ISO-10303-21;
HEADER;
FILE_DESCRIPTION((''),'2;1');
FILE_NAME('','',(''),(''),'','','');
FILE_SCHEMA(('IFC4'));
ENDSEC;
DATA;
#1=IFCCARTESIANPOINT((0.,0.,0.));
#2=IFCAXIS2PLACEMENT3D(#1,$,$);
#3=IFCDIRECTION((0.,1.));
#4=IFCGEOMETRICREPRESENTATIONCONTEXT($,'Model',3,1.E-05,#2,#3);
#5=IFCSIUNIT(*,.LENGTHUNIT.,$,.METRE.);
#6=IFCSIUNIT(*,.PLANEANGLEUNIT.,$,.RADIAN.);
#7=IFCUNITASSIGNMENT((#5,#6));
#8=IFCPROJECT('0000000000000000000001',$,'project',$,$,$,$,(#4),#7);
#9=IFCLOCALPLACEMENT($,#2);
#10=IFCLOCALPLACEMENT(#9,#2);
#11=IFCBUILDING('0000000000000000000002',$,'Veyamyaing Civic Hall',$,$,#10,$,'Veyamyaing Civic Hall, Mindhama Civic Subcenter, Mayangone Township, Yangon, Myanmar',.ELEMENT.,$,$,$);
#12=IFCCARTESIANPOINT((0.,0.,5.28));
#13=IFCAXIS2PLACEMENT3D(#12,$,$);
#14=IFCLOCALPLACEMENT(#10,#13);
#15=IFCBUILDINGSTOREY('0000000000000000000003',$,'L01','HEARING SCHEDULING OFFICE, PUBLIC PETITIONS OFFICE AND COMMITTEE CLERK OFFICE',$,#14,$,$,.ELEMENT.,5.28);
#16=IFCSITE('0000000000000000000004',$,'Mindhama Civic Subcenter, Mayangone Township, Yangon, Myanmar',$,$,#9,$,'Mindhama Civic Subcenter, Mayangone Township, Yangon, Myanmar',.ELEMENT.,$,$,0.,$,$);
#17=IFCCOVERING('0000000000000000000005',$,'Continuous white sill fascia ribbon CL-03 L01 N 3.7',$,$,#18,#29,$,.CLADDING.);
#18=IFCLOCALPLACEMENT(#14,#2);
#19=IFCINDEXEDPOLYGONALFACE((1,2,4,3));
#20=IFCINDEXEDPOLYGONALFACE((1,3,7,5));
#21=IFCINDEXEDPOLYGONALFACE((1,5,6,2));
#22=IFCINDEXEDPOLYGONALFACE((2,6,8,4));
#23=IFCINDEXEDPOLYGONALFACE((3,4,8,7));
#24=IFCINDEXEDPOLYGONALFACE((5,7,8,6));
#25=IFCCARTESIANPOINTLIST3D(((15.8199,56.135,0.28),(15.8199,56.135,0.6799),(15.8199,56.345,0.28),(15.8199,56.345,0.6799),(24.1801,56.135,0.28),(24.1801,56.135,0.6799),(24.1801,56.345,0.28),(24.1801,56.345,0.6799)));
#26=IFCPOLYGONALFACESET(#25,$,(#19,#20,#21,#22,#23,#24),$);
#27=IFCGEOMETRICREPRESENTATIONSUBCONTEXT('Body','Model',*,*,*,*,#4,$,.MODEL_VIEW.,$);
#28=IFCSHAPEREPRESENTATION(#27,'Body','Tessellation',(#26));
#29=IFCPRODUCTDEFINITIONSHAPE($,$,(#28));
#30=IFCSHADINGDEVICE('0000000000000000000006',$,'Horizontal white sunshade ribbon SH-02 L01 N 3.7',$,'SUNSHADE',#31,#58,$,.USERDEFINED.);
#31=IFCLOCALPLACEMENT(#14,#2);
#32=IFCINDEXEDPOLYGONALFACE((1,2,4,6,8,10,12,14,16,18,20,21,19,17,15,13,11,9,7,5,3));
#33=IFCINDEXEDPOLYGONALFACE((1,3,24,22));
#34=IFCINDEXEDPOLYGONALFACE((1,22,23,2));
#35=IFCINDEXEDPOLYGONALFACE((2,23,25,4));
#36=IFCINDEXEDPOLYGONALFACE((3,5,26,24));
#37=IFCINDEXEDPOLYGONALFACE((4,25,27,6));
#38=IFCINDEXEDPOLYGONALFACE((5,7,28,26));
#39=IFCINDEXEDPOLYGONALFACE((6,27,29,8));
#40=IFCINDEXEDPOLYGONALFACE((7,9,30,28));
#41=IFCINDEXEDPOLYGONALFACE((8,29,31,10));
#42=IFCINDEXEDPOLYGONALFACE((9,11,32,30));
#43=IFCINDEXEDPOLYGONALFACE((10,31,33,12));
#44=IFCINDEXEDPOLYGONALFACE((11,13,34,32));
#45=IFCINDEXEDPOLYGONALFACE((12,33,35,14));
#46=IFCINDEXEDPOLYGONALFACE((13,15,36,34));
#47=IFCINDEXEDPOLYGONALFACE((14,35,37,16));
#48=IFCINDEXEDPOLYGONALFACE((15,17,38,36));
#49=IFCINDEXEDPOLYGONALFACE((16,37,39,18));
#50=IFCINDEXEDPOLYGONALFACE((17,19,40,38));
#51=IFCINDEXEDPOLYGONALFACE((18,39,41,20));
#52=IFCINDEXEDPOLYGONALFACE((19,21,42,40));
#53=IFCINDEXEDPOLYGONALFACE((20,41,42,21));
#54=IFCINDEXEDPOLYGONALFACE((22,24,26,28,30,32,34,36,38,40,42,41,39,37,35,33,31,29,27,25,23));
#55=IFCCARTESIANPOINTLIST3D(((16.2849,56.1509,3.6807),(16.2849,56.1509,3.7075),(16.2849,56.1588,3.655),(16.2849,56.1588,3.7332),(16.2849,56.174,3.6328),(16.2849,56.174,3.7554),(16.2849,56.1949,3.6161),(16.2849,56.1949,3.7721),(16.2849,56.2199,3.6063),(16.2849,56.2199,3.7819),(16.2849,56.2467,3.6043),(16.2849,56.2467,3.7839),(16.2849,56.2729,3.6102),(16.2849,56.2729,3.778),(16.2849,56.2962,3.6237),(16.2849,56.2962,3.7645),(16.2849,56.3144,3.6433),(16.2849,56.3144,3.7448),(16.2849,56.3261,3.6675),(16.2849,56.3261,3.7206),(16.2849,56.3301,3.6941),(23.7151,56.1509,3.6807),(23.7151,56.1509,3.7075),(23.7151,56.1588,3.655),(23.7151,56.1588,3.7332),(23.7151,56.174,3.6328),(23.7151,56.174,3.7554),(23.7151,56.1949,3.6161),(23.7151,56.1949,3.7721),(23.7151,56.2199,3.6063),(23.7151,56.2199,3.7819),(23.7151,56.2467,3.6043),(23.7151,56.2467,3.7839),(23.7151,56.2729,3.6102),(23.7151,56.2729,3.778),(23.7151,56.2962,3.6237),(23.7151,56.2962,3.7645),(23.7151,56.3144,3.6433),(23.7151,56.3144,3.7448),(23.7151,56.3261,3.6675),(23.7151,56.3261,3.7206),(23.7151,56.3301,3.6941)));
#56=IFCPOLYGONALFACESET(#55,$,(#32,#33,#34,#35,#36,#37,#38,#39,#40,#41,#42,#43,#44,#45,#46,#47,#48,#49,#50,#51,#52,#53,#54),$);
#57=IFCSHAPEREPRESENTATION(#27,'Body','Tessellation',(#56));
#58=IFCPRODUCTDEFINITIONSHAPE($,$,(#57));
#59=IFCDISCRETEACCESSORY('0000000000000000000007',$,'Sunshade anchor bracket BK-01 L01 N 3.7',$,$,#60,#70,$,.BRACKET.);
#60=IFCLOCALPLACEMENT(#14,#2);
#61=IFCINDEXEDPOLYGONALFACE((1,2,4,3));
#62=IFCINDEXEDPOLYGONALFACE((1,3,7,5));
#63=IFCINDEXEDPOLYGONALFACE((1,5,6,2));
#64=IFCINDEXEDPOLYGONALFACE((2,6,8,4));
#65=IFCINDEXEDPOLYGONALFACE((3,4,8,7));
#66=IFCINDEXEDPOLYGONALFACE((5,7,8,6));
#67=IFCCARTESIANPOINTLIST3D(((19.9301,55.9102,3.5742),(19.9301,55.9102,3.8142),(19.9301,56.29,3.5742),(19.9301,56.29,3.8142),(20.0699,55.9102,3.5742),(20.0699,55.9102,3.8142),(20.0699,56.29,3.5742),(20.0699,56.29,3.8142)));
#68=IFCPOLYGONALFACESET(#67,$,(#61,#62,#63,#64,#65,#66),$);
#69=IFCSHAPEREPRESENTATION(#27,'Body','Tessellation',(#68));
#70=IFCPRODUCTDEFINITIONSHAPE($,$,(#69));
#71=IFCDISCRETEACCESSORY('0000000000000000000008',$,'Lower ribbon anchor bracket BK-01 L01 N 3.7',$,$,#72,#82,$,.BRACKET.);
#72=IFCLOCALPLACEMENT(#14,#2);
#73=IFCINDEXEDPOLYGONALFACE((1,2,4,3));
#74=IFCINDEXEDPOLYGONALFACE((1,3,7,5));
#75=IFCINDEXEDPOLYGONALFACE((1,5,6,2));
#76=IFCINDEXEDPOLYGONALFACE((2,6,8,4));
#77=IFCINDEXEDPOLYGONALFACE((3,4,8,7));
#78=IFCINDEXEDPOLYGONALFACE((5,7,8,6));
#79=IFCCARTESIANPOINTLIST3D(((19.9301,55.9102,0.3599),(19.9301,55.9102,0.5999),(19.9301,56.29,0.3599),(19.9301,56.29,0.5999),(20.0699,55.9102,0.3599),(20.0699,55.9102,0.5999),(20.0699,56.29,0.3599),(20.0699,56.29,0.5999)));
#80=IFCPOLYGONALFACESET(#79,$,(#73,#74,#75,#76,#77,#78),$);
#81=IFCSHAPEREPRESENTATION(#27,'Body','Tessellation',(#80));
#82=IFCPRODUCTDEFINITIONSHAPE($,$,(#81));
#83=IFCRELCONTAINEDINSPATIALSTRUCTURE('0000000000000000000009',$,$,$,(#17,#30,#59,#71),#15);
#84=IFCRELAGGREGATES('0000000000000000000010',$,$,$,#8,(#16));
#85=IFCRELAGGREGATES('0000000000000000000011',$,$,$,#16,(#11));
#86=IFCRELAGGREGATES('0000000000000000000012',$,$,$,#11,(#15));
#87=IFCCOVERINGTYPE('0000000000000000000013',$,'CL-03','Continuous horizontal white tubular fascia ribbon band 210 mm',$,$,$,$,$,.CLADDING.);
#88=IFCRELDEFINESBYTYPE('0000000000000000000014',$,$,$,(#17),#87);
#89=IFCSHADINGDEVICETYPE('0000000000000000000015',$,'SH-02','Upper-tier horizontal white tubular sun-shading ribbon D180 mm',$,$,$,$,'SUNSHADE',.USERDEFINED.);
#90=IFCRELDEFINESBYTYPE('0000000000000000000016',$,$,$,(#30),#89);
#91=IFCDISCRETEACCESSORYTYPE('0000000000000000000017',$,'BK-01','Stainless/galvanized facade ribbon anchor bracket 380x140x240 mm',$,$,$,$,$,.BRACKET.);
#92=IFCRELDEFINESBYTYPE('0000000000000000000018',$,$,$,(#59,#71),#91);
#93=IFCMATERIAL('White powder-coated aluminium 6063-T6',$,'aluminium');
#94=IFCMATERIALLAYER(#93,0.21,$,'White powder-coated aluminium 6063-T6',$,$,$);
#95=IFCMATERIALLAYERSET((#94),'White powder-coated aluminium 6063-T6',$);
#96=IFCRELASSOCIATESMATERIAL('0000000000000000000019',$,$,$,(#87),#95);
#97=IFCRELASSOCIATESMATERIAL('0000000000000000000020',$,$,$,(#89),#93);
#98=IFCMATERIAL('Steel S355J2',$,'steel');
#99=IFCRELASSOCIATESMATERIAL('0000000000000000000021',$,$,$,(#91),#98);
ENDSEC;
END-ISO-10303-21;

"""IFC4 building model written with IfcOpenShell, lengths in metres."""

from ifc_helpers import new_model, si_unit, direction, frame, origin, origin_2d, place, context, subcontext, project, spatial, rectangle, circle, extrude, material, layer, layer_set, material_profile, profile_set, type_object, element, save


model = new_model("IFC4")

# Units and contexts
model_context = context("Model", 3, precision=1e-05, world=origin(), true_north=direction((0.0, 1.0)))
body_context = subcontext(model_context, "Body", "Model", "MODEL_VIEW")
ifc_project = project(units=[si_unit("LENGTHUNIT", "METRE"), si_unit("PLANEANGLEUNIT", "RADIAN")], contexts=[model_context])

# Site, building, storey
site_placement = place(None, origin())
site = spatial("IfcSite", under=ifc_project, at=site_placement, Name="Mindhama Civic Subcenter, Mayangone Township, Yangon, Myanmar", LongName="Mindhama Civic Subcenter, Mayangone Township, Yangon, Myanmar", CompositionType="ELEMENT", RefElevation=0.0)
building_placement = place(site_placement, origin())
building = spatial("IfcBuilding", under=site, at=building_placement, Name="Veyamyaing Civic Hall", LongName="Veyamyaing Civic Hall, Mindhama Civic Subcenter, Mayangone Township, Yangon, Myanmar", CompositionType="ELEMENT")
storey_placement = place(building_placement, frame((0.0, 0.0, 5.28)))
storey = spatial("IfcBuildingStorey", under=building, at=storey_placement, Name="L01", Description="HEARING SCHEDULING OFFICE, PUBLIC PETITIONS OFFICE AND COMMITTEE CLERK OFFICE", CompositionType="ELEMENT", Elevation=5.28)

# Covering
ifc_material_1 = material(Name="White powder-coated aluminium 6063-T6", Category="aluminium")
ifc_layer_1 = layer(ifc_material_1, 0.21, Name="White powder-coated aluminium 6063-T6")
ifc_layer_set_1 = layer_set([ifc_layer_1], Name="White powder-coated aluminium 6063-T6")
covering_type = type_object("IfcCoveringType", Name="CL-03", Description="Continuous horizontal white tubular fascia ribbon band 210 mm", PredefinedType="CLADDING", material=ifc_layer_set_1)
for number, where, z_axis, x_axis, name in (
    (1, (20.0, 56.24, 0.28), (0.0, 0.0, 1.0), (1.0, 0.0, 0.0), "Continuous white sill fascia ribbon CL-03 L01 N 3.7"),
):
    element("IfcCovering", number, at=place(storey_placement, frame(where, z_axis=z_axis, x_axis=x_axis)), inside=storey, type_object=covering_type, Name=name, PredefinedType="CLADDING", context=body_context, shape_type="SweptSolid", body=[
        extrude(rectangle(XDim=8.3601, YDim=0.21, at=origin_2d()), origin(), (0.0, 0.0, 1.0), 0.3999),
    ])

# Shading device
ifc_material_profile_1 = material_profile(ifc_material_1, circle(Radius=0.0901, at=origin_2d()), Name="SHADE-TUBE-180")
ifc_profile_set_1 = profile_set([ifc_material_profile_1], Name="White powder-coated aluminium 6063-T6")
shading_device_type = type_object("IfcShadingDeviceType", Name="SH-02", Description="Upper-tier horizontal white tubular sun-shading ribbon D180 mm", ElementType="SUNSHADE", PredefinedType="USERDEFINED", material=ifc_profile_set_1)
shading_device_placement = place(storey_placement, frame((16.2849, 56.24, 3.6941), z_axis=(1.0, 0.0, 0.0), x_axis=(0.0, 1.0, 0.0)))
element("IfcShadingDevice", 2, at=shading_device_placement, inside=storey, type_object=shading_device_type, Name="Horizontal white sunshade ribbon SH-02 L01 N 3.7", ObjectType="SUNSHADE", PredefinedType="USERDEFINED", context=body_context, shape_type="SweptSolid", body=[
    extrude(circle(Radius=0.0901, at=origin_2d()), origin(), (0.0, 0.0, 1.0), 7.4302),
])

# Discrete accessories
ifc_material_2 = material(Name="Steel S355J2", Category="steel")
discrete_accessory_type = type_object("IfcDiscreteAccessoryType", Name="BK-01", Description="Stainless/galvanized facade ribbon anchor bracket 380x140x240 mm", PredefinedType="BRACKET", material=ifc_material_2)
for number, where, z_axis, x_axis, name in (
    (3, (20.0, 56.1001, 3.5742), (0.0, 0.0, 1.0), (0.0, 1.0, 0.0), "Sunshade anchor bracket BK-01 L01 N 3.7"),
    (4, (20.0, 56.1001, 0.3599), (0.0, 0.0, 1.0), (0.0, 1.0, 0.0), "Lower ribbon anchor bracket BK-01 L01 N 3.7"),
):
    element("IfcDiscreteAccessory", number, at=place(storey_placement, frame(where, z_axis=z_axis, x_axis=x_axis)), inside=storey, type_object=discrete_accessory_type, Name=name, PredefinedType="BRACKET", context=body_context, shape_type="SweptSolid", body=[
        extrude(rectangle(XDim=0.3799, YDim=0.1399, at=origin_2d()), origin(), (0.0, 0.0, 1.0), 0.24),
    ])

save(model, "model.ifc")
